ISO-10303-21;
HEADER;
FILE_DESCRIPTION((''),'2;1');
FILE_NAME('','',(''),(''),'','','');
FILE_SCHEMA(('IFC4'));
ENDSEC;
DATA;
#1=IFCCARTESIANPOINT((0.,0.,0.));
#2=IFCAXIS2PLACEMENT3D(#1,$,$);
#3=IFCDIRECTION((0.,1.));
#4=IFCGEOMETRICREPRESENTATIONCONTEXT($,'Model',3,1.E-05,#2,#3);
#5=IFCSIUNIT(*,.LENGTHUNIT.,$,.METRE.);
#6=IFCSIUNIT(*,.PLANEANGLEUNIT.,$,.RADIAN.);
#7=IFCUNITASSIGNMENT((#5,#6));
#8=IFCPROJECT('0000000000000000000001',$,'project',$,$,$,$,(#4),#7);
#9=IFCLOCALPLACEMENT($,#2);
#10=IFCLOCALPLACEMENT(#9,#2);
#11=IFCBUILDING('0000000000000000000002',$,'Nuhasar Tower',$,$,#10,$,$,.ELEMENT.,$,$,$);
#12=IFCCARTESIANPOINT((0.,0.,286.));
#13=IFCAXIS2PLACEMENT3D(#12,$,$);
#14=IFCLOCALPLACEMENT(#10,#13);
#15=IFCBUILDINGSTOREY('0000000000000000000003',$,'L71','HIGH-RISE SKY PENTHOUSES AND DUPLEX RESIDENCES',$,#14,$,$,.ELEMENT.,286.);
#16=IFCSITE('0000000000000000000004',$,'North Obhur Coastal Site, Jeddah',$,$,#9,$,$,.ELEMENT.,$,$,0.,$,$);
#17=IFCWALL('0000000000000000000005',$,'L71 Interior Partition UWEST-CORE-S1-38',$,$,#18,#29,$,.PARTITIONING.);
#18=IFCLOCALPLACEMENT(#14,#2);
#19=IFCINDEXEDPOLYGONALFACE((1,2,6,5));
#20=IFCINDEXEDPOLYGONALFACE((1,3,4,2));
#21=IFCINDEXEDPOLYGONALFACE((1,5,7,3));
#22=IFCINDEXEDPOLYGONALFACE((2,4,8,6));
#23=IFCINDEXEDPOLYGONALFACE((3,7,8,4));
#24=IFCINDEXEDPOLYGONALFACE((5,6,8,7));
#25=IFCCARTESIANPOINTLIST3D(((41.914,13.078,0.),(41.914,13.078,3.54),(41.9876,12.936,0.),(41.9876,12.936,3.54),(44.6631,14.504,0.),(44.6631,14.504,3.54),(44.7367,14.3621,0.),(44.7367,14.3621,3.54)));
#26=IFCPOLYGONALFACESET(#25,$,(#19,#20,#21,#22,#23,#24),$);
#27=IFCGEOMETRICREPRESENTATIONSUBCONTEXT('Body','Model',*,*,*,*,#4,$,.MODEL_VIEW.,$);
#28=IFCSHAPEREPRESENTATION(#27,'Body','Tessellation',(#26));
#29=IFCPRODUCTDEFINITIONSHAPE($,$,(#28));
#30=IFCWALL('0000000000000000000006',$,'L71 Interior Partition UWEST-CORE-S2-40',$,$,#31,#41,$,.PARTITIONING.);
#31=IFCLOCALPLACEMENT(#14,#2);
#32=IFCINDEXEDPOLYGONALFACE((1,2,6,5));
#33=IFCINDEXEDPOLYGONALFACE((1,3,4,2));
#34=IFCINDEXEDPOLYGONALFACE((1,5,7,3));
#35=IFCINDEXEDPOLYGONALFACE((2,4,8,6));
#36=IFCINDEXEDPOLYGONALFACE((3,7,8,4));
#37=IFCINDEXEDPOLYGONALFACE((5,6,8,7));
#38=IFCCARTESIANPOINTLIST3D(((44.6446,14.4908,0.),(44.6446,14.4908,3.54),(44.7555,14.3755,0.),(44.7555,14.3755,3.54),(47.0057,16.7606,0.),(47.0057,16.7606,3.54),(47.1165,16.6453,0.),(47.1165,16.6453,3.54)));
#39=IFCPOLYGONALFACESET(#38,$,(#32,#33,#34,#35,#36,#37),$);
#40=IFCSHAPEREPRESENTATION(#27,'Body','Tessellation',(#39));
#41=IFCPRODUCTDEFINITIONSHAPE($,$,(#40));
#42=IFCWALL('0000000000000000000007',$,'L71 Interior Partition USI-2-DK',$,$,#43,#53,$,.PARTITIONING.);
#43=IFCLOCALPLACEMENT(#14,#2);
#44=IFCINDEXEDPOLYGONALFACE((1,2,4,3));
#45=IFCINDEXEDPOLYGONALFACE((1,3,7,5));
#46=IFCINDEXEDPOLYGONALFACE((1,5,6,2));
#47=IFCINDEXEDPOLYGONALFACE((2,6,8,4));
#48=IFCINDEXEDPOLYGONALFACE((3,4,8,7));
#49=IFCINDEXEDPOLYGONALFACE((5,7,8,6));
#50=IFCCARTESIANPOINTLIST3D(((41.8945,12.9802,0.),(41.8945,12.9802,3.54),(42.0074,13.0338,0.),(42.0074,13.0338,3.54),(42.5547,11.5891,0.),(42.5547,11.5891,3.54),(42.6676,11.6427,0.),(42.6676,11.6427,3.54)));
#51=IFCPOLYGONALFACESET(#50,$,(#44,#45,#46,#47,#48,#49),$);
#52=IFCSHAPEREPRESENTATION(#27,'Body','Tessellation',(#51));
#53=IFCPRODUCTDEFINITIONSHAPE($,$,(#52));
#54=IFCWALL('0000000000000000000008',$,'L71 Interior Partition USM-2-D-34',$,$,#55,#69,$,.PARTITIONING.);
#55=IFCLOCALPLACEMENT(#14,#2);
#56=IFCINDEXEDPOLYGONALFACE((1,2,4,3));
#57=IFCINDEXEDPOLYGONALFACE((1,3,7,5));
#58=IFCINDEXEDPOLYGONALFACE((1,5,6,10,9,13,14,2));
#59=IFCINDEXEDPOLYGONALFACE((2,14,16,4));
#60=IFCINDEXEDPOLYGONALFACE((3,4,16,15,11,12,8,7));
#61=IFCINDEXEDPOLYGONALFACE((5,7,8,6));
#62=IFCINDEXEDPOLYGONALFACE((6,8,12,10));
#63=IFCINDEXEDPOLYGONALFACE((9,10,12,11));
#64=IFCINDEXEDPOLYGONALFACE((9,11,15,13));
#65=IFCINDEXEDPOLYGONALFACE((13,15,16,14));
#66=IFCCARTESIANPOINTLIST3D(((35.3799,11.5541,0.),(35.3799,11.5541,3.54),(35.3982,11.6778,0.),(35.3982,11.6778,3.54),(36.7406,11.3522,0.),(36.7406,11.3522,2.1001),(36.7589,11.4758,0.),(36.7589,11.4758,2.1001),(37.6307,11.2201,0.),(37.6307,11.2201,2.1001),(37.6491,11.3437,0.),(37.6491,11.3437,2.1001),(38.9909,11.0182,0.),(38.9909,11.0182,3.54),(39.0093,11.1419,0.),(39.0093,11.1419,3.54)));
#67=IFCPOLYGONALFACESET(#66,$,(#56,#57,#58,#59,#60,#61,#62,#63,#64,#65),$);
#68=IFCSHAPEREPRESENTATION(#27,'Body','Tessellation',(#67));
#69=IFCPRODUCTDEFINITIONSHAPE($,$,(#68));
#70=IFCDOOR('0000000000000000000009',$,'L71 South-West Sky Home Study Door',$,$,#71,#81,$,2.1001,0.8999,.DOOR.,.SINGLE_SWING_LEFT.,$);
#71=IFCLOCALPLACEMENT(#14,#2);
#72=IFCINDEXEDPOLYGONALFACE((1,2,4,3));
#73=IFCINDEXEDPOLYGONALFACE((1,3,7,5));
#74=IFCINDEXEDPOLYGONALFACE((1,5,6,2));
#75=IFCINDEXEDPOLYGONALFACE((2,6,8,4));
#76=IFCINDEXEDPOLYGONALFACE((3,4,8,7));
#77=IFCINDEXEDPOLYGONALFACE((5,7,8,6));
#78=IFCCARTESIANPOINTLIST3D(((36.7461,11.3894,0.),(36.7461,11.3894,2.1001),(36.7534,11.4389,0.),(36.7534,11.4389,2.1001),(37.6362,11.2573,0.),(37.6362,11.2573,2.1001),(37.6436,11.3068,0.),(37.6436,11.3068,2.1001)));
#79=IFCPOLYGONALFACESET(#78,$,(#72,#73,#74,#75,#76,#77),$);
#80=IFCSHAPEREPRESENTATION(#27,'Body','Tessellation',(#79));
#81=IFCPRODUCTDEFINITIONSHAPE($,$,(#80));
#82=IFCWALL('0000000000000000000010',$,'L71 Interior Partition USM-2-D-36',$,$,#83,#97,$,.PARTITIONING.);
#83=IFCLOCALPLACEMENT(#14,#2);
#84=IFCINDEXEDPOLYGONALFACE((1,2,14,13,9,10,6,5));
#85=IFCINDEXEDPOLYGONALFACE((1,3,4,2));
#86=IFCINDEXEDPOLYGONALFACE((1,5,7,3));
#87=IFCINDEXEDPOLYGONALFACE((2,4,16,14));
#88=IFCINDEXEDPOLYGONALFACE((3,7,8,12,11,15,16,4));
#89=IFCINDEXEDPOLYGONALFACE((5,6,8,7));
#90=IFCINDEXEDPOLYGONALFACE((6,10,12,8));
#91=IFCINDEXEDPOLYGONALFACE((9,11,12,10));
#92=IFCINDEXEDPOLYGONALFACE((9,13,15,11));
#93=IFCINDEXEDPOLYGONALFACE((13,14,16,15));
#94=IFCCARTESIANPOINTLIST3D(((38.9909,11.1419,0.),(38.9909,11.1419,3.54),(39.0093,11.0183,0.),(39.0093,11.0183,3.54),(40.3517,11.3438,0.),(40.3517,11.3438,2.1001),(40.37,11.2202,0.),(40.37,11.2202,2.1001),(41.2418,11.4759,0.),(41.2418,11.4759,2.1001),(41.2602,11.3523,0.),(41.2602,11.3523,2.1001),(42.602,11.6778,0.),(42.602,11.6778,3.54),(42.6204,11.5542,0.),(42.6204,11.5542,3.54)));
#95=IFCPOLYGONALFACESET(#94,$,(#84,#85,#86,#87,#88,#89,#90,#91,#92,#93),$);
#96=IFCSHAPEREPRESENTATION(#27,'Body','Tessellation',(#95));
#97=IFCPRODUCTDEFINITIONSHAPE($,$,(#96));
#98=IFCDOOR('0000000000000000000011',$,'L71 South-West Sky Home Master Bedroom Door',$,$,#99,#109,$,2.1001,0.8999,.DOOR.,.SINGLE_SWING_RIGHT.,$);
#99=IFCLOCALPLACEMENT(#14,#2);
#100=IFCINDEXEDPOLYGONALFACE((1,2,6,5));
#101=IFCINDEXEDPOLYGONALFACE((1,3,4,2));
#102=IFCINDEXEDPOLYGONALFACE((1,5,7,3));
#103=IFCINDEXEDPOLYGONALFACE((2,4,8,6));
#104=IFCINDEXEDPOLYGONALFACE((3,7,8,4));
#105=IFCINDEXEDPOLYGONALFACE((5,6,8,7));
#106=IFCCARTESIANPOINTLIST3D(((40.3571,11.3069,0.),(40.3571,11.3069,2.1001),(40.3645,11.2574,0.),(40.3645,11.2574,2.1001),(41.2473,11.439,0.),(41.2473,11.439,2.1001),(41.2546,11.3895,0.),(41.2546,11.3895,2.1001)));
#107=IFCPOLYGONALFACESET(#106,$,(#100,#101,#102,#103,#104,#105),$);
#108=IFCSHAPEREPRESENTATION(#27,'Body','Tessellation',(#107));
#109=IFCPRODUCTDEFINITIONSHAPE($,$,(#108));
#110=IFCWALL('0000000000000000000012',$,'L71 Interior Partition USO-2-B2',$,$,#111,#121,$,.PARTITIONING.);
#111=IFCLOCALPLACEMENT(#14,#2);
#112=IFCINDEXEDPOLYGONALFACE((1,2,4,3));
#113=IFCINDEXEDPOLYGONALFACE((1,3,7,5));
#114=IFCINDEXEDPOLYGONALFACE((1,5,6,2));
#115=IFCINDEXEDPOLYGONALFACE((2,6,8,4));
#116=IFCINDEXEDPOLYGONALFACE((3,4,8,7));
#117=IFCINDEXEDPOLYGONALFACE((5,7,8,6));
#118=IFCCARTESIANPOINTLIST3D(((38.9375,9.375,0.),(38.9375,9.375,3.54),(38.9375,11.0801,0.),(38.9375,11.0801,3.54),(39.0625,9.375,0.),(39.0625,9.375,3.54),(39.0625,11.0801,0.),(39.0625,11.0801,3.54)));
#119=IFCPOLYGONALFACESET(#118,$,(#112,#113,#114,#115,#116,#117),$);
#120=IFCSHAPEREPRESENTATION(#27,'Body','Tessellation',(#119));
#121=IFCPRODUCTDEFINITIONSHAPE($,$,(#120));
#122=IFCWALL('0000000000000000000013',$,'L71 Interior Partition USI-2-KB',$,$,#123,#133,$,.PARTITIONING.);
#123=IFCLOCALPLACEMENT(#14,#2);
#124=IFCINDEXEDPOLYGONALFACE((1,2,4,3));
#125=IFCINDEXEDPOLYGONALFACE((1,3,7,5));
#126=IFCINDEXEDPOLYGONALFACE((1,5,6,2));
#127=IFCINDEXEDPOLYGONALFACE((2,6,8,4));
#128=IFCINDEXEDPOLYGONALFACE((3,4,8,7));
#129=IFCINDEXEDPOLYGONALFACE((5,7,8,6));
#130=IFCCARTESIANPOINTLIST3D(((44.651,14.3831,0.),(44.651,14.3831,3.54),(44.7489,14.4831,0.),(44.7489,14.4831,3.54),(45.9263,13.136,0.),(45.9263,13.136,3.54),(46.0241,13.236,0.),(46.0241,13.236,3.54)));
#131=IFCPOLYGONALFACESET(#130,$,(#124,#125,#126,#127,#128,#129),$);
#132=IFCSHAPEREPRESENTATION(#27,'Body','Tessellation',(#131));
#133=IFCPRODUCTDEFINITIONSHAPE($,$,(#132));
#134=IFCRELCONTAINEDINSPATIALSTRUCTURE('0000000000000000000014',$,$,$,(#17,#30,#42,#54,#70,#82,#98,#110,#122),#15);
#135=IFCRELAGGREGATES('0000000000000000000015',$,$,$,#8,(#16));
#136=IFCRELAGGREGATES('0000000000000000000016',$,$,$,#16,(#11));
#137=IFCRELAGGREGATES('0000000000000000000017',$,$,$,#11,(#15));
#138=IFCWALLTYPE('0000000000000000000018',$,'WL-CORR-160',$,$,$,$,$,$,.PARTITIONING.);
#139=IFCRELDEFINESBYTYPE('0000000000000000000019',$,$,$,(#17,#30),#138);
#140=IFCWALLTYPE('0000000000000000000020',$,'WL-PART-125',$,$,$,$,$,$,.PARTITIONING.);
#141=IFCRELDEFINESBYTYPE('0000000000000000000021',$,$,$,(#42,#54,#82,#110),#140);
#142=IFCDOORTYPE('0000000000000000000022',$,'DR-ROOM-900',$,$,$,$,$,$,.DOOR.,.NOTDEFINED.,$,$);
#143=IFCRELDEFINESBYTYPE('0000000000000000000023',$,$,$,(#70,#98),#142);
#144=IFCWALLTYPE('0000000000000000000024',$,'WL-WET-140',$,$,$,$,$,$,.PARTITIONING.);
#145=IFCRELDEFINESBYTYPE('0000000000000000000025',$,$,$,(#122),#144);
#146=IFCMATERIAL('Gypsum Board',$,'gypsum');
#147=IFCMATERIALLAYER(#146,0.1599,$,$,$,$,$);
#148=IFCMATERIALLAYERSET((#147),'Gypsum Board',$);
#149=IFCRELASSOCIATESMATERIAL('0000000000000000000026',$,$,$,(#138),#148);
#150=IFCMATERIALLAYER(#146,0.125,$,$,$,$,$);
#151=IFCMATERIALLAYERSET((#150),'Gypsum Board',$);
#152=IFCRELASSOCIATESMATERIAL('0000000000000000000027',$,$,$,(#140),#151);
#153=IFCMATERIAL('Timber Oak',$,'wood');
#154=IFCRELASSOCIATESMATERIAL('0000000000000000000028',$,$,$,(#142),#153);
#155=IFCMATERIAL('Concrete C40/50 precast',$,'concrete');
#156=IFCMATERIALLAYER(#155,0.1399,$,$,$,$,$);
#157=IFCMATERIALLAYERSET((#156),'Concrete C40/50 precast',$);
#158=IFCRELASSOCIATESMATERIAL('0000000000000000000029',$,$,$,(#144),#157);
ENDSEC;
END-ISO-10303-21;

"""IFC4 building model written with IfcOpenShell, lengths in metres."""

from ifc_helpers import new_model, si_unit, direction, frame, frame_2d, origin, place, context, subcontext, project, spatial, rectangle, extrude, material, layer, layer_set, type_object, element, fill, save


model = new_model("IFC4")

# Units and contexts
model_context = context("Model", 3, precision=1e-05, world=origin(), true_north=direction((0.0, 1.0)))
body_context = subcontext(model_context, "Body", "Model", "MODEL_VIEW")
ifc_project = project(units=[si_unit("LENGTHUNIT", "METRE"), si_unit("PLANEANGLEUNIT", "RADIAN")], contexts=[model_context])

# Site, building, storey
site_placement = place(None, origin())
site = spatial("IfcSite", under=ifc_project, at=site_placement, Name="North Obhur Coastal Site, Jeddah", CompositionType="ELEMENT", RefElevation=0.0)
building_placement = place(site_placement, origin())
building = spatial("IfcBuilding", under=site, at=building_placement, Name="Nuhasar Tower", CompositionType="ELEMENT")
storey_placement = place(building_placement, frame((0.0, 0.0, 286.0)))
storey = spatial("IfcBuildingStorey", under=building, at=storey_placement, Name="L71", Description="HIGH-RISE SKY PENTHOUSES AND DUPLEX RESIDENCES", CompositionType="ELEMENT", Elevation=286.0)

# Walls
ifc_material_1 = material(Name="Gypsum Board", Category="gypsum")
ifc_layer_1 = layer(ifc_material_1, 0.1599)
ifc_layer_set_1 = layer_set([ifc_layer_1], Name="Gypsum Board")
wall_type_1 = type_object("IfcWallType", Name="WL-CORR-160", PredefinedType="PARTITIONING", material=ifc_layer_set_1)
wall_1_placement = place(storey_placement, frame((41.9509, 13.0071, 0.0), z_axis=(0.0, 0.0, 1.0), x_axis=(0.887675, 0.460471, 0.0)))
element("IfcWall", 1, at=wall_1_placement, inside=storey, type_object=wall_type_1, Name="L71 Interior Partition UWEST-CORE-S1-38", PredefinedType="PARTITIONING", context=body_context, shape_type="SweptSolid", body=[
    extrude(rectangle(XDim=3.0969, YDim=0.1599, at=frame_2d((1.5483, 0.0))), origin(), (0.0, 0.0, 1.0), 3.54),
])
wall_2_placement = place(storey_placement, frame((44.7, 14.4331, 0.0), z_axis=(0.0, 0.0, 1.0), x_axis=(0.720909, 0.69303, 0.0)))
element("IfcWall", 2, at=wall_2_placement, inside=storey, type_object=wall_type_1, Name="L71 Interior Partition UWEST-CORE-S2-40", PredefinedType="PARTITIONING", context=body_context, shape_type="SweptSolid", body=[
    extrude(rectangle(XDim=3.2751, YDim=0.1599, at=frame_2d((1.6377, 0.0))), origin(), (0.0, 0.0, 1.0), 3.54),
])

# Wall
ifc_layer_2 = layer(ifc_material_1, 0.125)
ifc_layer_set_2 = layer_set([ifc_layer_2], Name="Gypsum Board")
wall_type_2 = type_object("IfcWallType", Name="WL-PART-125", PredefinedType="PARTITIONING", material=ifc_layer_set_2)
wall_3_placement = place(storey_placement, frame((41.9509, 13.0071, 0.0), z_axis=(0.0, 0.0, 1.0), x_axis=(0.428727, -0.903434, 0.0)))
element("IfcWall", 3, at=wall_3_placement, inside=storey, type_object=wall_type_2, Name="L71 Interior Partition USI-2-DK", PredefinedType="PARTITIONING", context=body_context, shape_type="SweptSolid", body=[
    extrude(rectangle(XDim=1.5398, YDim=0.125, at=frame_2d((0.77, 0.0))), origin(), (0.0, 0.0, 1.0), 3.54),
])

# Walls, openings, doors
wall_4_placement = place(storey_placement, frame((39.0, 11.0801, 0.0), z_axis=(0.0, 0.0, 1.0), x_axis=(-0.989167, 0.146793, 0.0)))
wall_4 = element("IfcWall", 4, at=wall_4_placement, inside=storey, type_object=wall_type_2, Name="L71 Interior Partition USM-2-D-34", PredefinedType="PARTITIONING", context=body_context, shape_type="SweptSolid", body=[
    extrude(rectangle(XDim=3.6506, YDim=0.125, at=frame_2d((1.8252, 0.0))), origin(), (0.0, 0.0, 1.0), 3.54),
])
opening_1_placement = place(wall_4_placement, frame((1.375, 0.0, 0.0)))
opening_1 = element("IfcOpeningElement", 5, at=opening_1_placement, cuts=wall_4, PredefinedType="OPENING", context=body_context, shape_type="SweptSolid", body=[
    extrude(rectangle(XDim=0.8999, YDim=2.1001, at=frame_2d((0.45, 1.05))), frame((0.0, 0.0725, 0.0), z_axis=(0.0, -1.0, 0.0), x_axis=(1.0, 0.0, 0.0)), (0.0, 0.0, 1.0), 0.145),
])
ifc_material_2 = material(Name="Timber Oak", Category="wood")
door_type_1 = type_object("IfcDoorType", Name="DR-ROOM-900", OperationType="NOTDEFINED", PredefinedType="DOOR", material=ifc_material_2)
door_1_placement = place(opening_1_placement, origin())
door_1 = element("IfcDoor", 6, at=door_1_placement, inside=storey, type_object=door_type_1, Name="L71 South-West Sky Home Study Door", OperationType="SINGLE_SWING_LEFT", OverallHeight=2.1001, OverallWidth=0.8999, PredefinedType="DOOR", context=body_context, shape_type="SweptSolid", body=[
    extrude(rectangle(XDim=0.8999, YDim=2.1001, at=frame_2d((0.45, 1.05))), frame((0.0, 0.0249, 0.0), z_axis=(0.0, -1.0, 0.0), x_axis=(1.0, 0.0, 0.0)), (0.0, 0.0, 1.0), 0.05),
])
fill(opening_1, door_1)
wall_5_placement = place(storey_placement, frame((42.6111, 11.616, 0.0), z_axis=(0.0, 0.0, 1.0), x_axis=(-0.989167, -0.146793, 0.0)))
wall_5 = element("IfcWall", 7, at=wall_5_placement, inside=storey, type_object=wall_type_2, Name="L71 Interior Partition USM-2-D-36", PredefinedType="PARTITIONING", context=body_context, shape_type="SweptSolid", body=[
    extrude(rectangle(XDim=3.6506, YDim=0.125, at=frame_2d((1.8252, 0.0))), origin(), (0.0, 0.0, 1.0), 3.54),
])
opening_2_placement = place(wall_5_placement, frame((1.375, 0.0, 0.0)))
opening_2 = element("IfcOpeningElement", 8, at=opening_2_placement, cuts=wall_5, PredefinedType="OPENING", context=body_context, shape_type="SweptSolid", body=[
    extrude(rectangle(XDim=0.8999, YDim=2.1001, at=frame_2d((0.45, 1.05))), frame((0.0, 0.0725, 0.0), z_axis=(0.0, -1.0, 0.0), x_axis=(1.0, 0.0, 0.0)), (0.0, 0.0, 1.0), 0.145),
])
door_2_placement = place(opening_2_placement, origin())
door_2 = element("IfcDoor", 9, at=door_2_placement, inside=storey, type_object=door_type_1, Name="L71 South-West Sky Home Master Bedroom Door", OperationType="SINGLE_SWING_RIGHT", OverallHeight=2.1001, OverallWidth=0.8999, PredefinedType="DOOR", context=body_context, shape_type="SweptSolid", body=[
    extrude(rectangle(XDim=0.8999, YDim=2.1001, at=frame_2d((0.45, 1.05))), frame((0.0, 0.0249, 0.0), z_axis=(0.0, -1.0, 0.0), x_axis=(1.0, 0.0, 0.0)), (0.0, 0.0, 1.0), 0.05),
])
fill(opening_2, door_2)

# Walls
wall_6_placement = place(storey_placement, frame((39.0, 11.0801, 0.0), z_axis=(0.0, 0.0, 1.0), x_axis=(0.0, -1.0, 0.0)))
element("IfcWall", 10, at=wall_6_placement, inside=storey, type_object=wall_type_2, Name="L71 Interior Partition USO-2-B2", PredefinedType="PARTITIONING", context=body_context, shape_type="SweptSolid", body=[
    extrude(rectangle(XDim=1.7051, YDim=0.125, at=frame_2d((0.8525, 0.0))), origin(), (0.0, 0.0, 1.0), 3.54),
])
ifc_material_3 = material(Name="Concrete C40/50 precast", Category="concrete")
ifc_layer_3 = layer(ifc_material_3, 0.1399)
ifc_layer_set_3 = layer_set([ifc_layer_3], Name="Concrete C40/50 precast")
wall_type_3 = type_object("IfcWallType", Name="WL-WET-140", PredefinedType="PARTITIONING", material=ifc_layer_set_3)
wall_7_placement = place(storey_placement, frame((44.7, 14.4331, 0.0), z_axis=(0.0, 0.0, 1.0), x_axis=(0.714934, -0.699192, 0.0)))
element("IfcWall", 11, at=wall_7_placement, inside=storey, type_object=wall_type_3, Name="L71 Interior Partition USI-2-KB", PredefinedType="PARTITIONING", context=body_context, shape_type="SweptSolid", body=[
    extrude(rectangle(XDim=1.7837, YDim=0.1399, at=frame_2d((0.8918, 0.0))), origin(), (0.0, 0.0, 1.0), 3.54),
])

save(model, "model.ifc")
